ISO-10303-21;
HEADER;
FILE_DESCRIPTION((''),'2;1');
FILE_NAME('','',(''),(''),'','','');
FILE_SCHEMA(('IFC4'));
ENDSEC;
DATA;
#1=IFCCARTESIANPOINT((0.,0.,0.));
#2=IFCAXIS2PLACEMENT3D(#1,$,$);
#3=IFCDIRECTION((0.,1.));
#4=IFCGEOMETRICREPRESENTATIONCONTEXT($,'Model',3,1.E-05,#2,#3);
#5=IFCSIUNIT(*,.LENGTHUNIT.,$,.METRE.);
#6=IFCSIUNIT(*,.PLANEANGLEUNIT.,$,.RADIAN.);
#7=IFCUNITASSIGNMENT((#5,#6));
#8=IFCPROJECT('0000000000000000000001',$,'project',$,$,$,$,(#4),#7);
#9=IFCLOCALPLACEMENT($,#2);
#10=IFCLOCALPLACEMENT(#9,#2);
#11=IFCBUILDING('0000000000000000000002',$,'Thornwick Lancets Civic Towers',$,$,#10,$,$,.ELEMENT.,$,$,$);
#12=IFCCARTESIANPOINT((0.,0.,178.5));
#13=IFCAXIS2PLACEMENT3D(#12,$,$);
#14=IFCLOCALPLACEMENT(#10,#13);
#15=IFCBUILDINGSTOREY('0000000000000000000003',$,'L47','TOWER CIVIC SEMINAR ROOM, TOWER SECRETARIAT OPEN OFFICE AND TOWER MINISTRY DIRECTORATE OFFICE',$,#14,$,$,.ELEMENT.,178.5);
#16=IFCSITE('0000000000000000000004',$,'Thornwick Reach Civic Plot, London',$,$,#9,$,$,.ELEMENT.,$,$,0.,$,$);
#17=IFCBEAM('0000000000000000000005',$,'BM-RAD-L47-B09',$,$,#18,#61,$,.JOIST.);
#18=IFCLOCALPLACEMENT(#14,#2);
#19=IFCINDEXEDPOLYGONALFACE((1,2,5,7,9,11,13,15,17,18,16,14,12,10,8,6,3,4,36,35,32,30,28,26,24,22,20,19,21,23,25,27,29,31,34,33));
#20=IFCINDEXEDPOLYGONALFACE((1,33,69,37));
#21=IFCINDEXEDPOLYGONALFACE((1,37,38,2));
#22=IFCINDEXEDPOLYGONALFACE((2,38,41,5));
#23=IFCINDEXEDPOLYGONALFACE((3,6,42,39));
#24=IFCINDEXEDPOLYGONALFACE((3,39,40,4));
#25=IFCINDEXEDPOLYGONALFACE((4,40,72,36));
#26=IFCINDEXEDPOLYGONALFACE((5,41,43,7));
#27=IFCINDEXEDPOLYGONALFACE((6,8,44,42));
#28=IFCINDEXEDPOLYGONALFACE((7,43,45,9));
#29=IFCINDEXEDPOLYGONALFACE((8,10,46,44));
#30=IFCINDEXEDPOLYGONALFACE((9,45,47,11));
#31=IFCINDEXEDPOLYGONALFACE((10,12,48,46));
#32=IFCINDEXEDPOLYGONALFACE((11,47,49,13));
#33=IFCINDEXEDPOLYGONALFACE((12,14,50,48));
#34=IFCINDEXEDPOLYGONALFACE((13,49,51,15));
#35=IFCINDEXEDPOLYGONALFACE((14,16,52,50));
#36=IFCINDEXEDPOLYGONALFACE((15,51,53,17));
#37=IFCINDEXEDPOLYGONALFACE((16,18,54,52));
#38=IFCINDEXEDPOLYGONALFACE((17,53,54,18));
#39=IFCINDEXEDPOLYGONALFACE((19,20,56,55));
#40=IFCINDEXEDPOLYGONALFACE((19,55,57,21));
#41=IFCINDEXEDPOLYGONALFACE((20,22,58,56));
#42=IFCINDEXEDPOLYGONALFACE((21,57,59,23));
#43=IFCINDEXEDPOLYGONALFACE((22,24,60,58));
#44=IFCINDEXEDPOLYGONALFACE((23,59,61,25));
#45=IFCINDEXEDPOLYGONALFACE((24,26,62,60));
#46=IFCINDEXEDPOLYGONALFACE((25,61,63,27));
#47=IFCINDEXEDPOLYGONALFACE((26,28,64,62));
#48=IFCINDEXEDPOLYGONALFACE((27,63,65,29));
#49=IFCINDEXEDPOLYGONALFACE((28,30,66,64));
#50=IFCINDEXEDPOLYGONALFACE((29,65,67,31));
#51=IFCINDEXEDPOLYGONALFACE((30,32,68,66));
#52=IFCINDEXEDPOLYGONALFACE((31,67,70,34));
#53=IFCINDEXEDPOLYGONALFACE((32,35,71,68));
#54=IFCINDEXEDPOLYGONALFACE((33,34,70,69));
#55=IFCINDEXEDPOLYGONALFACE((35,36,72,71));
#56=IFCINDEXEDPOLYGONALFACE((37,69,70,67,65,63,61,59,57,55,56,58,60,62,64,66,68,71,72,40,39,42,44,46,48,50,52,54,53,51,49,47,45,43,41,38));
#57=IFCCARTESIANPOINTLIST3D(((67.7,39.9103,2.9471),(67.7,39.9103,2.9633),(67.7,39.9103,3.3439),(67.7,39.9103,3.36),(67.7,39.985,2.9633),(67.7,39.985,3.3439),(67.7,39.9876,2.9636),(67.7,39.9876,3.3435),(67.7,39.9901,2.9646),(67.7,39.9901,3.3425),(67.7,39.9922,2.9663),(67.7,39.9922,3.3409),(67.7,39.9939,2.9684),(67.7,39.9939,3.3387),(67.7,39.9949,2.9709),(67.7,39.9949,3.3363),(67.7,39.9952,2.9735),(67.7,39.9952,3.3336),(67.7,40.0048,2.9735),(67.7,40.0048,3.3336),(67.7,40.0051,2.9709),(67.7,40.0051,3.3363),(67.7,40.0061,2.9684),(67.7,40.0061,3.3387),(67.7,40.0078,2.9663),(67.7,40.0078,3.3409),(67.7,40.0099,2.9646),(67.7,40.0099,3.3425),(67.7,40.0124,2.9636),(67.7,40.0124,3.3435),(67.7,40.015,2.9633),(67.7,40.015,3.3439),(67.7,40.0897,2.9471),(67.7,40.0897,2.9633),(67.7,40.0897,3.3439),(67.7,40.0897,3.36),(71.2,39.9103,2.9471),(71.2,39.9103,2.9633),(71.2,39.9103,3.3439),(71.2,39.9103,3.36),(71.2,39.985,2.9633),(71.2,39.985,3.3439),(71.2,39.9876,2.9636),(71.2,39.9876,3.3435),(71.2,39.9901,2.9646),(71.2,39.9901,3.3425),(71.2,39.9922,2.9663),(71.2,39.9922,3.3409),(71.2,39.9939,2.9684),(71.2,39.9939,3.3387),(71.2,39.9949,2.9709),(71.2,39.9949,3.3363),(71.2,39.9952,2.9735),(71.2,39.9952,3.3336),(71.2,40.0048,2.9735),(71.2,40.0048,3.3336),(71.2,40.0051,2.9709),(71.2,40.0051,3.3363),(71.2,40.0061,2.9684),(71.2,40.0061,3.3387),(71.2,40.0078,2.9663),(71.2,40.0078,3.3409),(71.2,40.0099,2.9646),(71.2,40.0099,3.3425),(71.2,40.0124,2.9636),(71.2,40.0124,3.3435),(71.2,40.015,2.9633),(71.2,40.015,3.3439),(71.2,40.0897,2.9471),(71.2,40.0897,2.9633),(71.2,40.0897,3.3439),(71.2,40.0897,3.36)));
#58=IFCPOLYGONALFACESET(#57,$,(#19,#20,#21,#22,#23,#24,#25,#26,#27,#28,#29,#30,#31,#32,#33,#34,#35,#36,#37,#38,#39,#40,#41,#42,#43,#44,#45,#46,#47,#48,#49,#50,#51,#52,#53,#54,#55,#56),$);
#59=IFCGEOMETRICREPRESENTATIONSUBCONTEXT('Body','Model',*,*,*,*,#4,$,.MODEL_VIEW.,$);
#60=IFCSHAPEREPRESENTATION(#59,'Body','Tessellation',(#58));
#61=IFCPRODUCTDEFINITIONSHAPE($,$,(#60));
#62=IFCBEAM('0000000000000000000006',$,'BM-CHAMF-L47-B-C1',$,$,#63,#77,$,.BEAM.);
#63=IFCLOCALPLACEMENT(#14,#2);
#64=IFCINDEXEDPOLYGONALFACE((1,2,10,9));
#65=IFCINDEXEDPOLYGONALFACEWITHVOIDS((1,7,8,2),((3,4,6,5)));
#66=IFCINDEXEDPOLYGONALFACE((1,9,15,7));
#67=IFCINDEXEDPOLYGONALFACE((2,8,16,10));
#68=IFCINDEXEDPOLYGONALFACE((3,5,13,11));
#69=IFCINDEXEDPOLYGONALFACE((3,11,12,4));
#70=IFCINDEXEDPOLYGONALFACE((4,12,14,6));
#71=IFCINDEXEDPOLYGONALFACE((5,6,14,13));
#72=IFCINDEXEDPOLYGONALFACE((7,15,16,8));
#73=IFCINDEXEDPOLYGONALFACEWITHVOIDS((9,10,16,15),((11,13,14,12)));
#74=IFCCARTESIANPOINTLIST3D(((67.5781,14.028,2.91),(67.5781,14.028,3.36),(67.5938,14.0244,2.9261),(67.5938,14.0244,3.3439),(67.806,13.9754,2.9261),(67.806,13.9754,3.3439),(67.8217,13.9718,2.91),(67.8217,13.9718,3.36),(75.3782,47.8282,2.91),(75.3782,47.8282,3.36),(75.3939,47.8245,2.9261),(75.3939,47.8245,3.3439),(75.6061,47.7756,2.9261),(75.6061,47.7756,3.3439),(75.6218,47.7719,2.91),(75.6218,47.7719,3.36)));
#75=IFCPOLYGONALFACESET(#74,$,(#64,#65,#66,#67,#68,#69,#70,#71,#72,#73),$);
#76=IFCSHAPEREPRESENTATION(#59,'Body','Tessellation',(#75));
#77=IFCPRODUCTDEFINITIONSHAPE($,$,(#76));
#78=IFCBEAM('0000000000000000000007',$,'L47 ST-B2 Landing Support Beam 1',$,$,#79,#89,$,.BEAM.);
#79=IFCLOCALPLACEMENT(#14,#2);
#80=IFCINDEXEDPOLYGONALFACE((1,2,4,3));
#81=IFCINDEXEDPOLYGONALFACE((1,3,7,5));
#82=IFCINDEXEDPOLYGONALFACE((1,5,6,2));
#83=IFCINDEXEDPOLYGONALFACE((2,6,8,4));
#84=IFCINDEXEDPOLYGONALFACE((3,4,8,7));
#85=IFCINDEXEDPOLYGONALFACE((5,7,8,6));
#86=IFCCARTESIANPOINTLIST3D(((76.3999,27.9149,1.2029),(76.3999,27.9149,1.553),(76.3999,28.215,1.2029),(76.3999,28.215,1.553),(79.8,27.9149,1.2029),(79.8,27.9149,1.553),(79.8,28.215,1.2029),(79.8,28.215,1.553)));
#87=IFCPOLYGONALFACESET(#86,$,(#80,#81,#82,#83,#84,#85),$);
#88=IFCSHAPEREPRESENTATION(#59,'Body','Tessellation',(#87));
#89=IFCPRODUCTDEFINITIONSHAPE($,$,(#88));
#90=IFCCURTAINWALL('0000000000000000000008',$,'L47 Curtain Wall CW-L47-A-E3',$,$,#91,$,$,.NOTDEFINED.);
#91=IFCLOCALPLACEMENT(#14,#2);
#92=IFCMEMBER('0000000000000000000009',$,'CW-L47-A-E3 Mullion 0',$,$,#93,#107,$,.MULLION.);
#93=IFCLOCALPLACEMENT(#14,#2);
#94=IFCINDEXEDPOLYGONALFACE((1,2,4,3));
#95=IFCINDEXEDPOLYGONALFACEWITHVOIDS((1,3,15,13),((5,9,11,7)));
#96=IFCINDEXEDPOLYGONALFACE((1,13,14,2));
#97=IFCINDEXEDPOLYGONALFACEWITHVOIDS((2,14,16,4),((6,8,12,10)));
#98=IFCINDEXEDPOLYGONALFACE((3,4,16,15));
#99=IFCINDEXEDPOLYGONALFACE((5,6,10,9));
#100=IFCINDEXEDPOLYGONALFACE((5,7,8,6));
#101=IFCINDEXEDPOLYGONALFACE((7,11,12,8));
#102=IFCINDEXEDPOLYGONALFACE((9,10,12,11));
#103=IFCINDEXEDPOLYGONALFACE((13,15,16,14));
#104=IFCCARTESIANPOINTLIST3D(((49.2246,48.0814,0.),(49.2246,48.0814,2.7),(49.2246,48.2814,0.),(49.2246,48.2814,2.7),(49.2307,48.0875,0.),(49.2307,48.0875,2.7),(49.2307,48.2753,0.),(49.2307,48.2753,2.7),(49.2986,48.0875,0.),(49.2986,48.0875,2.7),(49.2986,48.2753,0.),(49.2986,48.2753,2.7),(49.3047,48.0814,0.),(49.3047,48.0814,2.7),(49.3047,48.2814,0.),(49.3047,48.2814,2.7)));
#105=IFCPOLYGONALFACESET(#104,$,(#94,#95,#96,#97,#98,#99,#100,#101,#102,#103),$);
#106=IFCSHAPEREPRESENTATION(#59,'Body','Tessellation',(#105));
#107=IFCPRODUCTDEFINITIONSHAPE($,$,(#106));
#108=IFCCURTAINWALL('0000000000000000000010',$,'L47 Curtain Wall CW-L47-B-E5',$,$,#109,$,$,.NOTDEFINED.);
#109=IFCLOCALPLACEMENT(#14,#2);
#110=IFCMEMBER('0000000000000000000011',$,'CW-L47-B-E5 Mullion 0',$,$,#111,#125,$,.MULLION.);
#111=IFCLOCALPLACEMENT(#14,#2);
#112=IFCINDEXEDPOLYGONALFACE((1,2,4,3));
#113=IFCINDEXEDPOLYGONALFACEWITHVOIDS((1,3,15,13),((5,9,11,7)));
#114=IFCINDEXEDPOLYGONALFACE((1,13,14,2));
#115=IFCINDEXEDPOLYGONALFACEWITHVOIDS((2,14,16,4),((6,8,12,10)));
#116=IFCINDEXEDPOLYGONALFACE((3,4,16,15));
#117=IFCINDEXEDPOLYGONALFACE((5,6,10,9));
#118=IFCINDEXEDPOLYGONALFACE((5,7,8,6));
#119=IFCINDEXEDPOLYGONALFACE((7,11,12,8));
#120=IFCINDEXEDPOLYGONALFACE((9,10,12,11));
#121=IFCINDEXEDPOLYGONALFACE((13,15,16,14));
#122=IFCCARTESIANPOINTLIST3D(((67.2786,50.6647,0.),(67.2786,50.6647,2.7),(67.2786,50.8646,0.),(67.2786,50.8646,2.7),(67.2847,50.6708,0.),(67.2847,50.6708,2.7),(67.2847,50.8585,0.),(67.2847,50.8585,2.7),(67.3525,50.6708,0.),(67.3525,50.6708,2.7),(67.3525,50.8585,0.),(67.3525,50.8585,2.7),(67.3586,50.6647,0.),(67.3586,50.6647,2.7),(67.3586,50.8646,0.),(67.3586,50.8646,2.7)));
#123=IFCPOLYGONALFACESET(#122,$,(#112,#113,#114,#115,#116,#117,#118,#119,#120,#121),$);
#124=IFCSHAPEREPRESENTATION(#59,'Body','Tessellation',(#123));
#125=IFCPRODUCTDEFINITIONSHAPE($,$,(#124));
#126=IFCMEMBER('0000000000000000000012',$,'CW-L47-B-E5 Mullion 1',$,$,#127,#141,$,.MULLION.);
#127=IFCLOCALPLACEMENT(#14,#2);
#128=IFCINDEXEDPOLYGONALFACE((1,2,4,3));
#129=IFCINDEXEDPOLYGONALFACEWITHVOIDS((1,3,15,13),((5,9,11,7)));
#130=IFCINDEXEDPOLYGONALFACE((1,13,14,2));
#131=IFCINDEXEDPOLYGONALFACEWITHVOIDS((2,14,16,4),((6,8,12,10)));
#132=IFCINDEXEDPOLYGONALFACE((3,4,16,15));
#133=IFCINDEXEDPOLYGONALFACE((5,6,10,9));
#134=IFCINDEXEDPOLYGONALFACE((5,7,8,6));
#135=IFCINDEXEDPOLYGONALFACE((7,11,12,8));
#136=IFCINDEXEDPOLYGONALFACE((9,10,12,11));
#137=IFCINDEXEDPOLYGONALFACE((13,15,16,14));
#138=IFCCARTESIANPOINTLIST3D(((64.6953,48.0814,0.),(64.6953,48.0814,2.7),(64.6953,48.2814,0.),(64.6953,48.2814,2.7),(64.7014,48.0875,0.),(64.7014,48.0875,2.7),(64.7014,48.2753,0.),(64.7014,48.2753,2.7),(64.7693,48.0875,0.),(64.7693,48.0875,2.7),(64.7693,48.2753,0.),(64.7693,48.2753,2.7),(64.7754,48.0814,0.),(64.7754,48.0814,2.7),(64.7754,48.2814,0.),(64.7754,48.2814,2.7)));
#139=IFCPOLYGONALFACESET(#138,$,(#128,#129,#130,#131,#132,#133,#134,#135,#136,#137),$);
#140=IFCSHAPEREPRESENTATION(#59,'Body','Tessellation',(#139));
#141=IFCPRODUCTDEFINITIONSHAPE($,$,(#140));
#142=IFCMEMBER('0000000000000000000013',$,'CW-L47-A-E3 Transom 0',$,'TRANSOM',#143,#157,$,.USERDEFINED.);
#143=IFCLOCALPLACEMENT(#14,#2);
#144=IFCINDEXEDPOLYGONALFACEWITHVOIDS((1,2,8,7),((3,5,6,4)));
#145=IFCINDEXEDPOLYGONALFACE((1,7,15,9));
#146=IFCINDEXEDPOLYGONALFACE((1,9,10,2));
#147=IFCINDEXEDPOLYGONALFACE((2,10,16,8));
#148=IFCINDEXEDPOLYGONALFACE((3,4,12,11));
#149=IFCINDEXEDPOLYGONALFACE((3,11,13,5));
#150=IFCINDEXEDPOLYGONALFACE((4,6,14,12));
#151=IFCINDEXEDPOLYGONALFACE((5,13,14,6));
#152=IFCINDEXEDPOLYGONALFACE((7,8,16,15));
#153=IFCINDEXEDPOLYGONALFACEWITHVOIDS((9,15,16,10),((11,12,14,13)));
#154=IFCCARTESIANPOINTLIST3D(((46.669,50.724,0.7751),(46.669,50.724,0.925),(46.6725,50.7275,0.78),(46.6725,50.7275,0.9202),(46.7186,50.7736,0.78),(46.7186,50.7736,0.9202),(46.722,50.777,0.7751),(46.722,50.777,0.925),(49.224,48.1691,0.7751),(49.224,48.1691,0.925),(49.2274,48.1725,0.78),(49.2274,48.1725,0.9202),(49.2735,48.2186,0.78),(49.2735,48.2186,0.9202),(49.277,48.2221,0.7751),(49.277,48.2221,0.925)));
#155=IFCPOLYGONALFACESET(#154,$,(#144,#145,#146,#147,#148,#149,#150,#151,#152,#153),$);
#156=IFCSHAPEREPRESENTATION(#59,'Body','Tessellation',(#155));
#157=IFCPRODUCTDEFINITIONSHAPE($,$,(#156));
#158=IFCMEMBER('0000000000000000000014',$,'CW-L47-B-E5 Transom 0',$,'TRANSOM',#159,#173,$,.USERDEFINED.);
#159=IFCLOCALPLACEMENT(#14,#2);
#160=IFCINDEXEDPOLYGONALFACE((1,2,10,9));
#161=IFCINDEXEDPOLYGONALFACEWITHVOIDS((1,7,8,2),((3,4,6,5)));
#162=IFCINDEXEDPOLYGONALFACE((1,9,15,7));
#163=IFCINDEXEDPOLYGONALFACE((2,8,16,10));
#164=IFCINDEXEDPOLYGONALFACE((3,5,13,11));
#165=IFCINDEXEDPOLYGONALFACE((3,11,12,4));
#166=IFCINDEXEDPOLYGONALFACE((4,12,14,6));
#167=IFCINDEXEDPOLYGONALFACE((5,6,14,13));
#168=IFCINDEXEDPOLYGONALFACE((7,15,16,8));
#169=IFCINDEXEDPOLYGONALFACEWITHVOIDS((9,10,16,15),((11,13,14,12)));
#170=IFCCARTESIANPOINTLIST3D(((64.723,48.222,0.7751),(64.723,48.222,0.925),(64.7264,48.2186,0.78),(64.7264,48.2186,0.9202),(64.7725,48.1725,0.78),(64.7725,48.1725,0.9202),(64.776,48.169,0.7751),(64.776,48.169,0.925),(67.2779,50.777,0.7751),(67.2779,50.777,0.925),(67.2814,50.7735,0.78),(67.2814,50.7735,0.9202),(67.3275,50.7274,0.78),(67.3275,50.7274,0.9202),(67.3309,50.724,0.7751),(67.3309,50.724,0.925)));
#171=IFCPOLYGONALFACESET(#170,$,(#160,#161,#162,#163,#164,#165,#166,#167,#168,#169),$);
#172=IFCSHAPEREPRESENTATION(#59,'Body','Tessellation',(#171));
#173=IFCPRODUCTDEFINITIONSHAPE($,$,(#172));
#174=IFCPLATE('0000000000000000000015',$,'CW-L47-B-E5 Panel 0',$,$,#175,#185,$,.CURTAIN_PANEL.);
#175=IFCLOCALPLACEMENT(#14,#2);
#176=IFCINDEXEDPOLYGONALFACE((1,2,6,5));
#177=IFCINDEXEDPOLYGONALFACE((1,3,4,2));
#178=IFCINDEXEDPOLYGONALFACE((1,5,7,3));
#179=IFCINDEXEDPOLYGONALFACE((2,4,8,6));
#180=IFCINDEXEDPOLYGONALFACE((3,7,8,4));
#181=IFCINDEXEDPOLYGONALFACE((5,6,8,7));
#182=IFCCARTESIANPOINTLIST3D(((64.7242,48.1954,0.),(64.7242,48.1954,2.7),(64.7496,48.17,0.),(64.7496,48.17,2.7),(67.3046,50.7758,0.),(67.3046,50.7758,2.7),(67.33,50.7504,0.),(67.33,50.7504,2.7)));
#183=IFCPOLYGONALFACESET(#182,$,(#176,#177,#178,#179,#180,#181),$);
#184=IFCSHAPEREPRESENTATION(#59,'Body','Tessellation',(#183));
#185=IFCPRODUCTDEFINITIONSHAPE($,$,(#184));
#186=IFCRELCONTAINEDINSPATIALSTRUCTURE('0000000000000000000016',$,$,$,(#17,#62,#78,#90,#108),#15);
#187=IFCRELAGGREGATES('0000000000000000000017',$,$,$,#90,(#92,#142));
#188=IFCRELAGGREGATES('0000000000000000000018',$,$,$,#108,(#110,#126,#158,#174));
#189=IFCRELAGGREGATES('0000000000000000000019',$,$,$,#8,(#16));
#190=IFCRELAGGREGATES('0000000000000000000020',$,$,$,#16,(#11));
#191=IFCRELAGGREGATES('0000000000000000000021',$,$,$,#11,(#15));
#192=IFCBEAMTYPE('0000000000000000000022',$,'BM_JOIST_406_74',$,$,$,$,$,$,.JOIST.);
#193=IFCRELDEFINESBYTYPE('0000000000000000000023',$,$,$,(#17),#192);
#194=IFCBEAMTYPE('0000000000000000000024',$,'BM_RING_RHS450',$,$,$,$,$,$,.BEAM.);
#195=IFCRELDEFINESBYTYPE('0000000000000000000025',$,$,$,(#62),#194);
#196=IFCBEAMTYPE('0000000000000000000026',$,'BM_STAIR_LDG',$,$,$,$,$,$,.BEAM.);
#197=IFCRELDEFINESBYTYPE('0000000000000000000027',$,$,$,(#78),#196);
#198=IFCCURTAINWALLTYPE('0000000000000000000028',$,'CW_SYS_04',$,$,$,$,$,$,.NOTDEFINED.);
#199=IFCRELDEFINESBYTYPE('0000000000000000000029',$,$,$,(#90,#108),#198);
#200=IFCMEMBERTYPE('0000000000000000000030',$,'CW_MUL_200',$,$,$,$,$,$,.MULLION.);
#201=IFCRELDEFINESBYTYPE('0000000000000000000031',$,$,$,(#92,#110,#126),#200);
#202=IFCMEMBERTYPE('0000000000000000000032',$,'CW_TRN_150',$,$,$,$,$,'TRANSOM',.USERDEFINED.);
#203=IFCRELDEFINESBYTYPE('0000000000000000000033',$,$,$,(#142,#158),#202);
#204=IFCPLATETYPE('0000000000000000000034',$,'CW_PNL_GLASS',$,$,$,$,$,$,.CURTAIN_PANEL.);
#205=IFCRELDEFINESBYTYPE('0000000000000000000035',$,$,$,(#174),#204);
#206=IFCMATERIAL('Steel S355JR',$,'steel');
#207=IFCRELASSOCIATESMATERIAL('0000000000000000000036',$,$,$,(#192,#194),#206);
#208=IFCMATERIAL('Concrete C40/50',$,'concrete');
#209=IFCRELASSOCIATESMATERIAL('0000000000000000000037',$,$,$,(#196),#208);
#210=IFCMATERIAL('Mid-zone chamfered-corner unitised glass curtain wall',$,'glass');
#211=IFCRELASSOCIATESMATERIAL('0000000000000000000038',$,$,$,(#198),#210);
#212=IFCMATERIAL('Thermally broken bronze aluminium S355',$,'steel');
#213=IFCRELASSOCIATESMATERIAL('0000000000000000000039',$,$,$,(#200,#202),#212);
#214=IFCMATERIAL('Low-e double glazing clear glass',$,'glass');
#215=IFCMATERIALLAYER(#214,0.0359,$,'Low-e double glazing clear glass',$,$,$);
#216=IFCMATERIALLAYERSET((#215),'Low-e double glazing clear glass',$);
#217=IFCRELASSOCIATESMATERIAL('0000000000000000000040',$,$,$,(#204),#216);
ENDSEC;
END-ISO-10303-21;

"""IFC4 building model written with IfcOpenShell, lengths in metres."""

from ifc_helpers import new_model, si_unit, direction, frame, origin, origin_2d, place, context, subcontext, project, spatial, rectangle, hollow_rectangle, i_section, extrude, material, layer, layer_set, material_profile, profile_set, type_object, element, aggregate, save


model = new_model("IFC4")

# Units and contexts
model_context = context("Model", 3, precision=1e-05, world=origin(), true_north=direction((0.0, 1.0)))
body_context = subcontext(model_context, "Body", "Model", "MODEL_VIEW")
ifc_project = project(units=[si_unit("LENGTHUNIT", "METRE"), si_unit("PLANEANGLEUNIT", "RADIAN")], contexts=[model_context])

# Site, building, storey
site_placement = place(None, origin())
site = spatial("IfcSite", under=ifc_project, at=site_placement, Name="Thornwick Reach Civic Plot, London", CompositionType="ELEMENT", RefElevation=0.0)
building_placement = place(site_placement, origin())
building = spatial("IfcBuilding", under=site, at=building_placement, Name="Thornwick Lancets Civic Towers", CompositionType="ELEMENT")
storey_placement = place(building_placement, frame((0.0, 0.0, 178.5)))
storey = spatial("IfcBuildingStorey", under=building, at=storey_placement, Name="L47", Description="TOWER CIVIC SEMINAR ROOM, TOWER SECRETARIAT OPEN OFFICE AND TOWER MINISTRY DIRECTORATE OFFICE", CompositionType="ELEMENT", Elevation=178.5)

# Beams
ifc_material_1 = material(Name="Steel S355JR", Category="steel")
ifc_material_profile_1 = material_profile(ifc_material_1, i_section(OverallWidth=0.1794, OverallDepth=0.4128, WebThickness=0.0095, FlangeThickness=0.0161, FilletRadius=0.0103, at=origin_2d()), Name="UKB 406x178x74")
ifc_profile_set_1 = profile_set([ifc_material_profile_1], Name="Steel S355JR")
beam_type_1 = type_object("IfcBeamType", Name="BM_JOIST_406_74", PredefinedType="JOIST", material=ifc_profile_set_1)
for number, where, z_axis, x_axis, name in (
    (1, (71.2, 40.0, 3.1536), (-1.0, 0.0, 0.0), (0.0, -1.0, 0.0), "BM-RAD-L47-B09"),
):
    element("IfcBeam", number, at=place(storey_placement, frame(where, z_axis=z_axis, x_axis=x_axis)), inside=storey, type_object=beam_type_1, Name=name, PredefinedType="JOIST", context=body_context, shape_type="SweptSolid", body=[
        extrude(i_section(OverallWidth=0.1794, OverallDepth=0.4128, WebThickness=0.0095, FlangeThickness=0.0161, FilletRadius=0.0103, at=origin_2d()), origin(), (0.0, 0.0, 1.0), 3.5),
    ])
ifc_material_profile_2 = material_profile(ifc_material_1, hollow_rectangle(XDim=0.25, YDim=0.45, WallThickness=0.0161, at=origin_2d()), Name="RHS 450x250x16")
ifc_profile_set_2 = profile_set([ifc_material_profile_2], Name="Steel S355JR")
beam_type_2 = type_object("IfcBeamType", Name="BM_RING_RHS450", PredefinedType="BEAM", material=ifc_profile_set_2)
beam_1_placement = place(storey_placement, frame((75.5, 47.8, 3.135), z_axis=(-0.224861, -0.974391, 0.0), x_axis=(0.974391, -0.224861, 0.0)))
element("IfcBeam", 2, at=beam_1_placement, inside=storey, type_object=beam_type_2, Name="BM-CHAMF-L47-B-C1", PredefinedType="BEAM", context=body_context, shape_type="SweptSolid", body=[
    extrude(hollow_rectangle(XDim=0.25, YDim=0.45, WallThickness=0.0161, at=origin_2d()), origin(), (0.0, 0.0, 1.0), 34.6885),
])
ifc_material_2 = material(Name="Concrete C40/50", Category="concrete")
ifc_material_profile_3 = material_profile(ifc_material_2, rectangle(XDim=0.3, YDim=0.3501, at=origin_2d()), Name="RC 300x350")
ifc_profile_set_3 = profile_set([ifc_material_profile_3], Name="Concrete C40/50")
beam_type_3 = type_object("IfcBeamType", Name="BM_STAIR_LDG", PredefinedType="BEAM", material=ifc_profile_set_3)
beam_2_placement = place(storey_placement, frame((76.3999, 28.0649, 1.3779), z_axis=(1.0, 0.0, 0.0), x_axis=(0.0, 1.0, 0.0)))
element("IfcBeam", 3, at=beam_2_placement, inside=storey, type_object=beam_type_3, Name="L47 ST-B2 Landing Support Beam 1", PredefinedType="BEAM", context=body_context, shape_type="SweptSolid", body=[
    extrude(rectangle(XDim=0.3, YDim=0.3501, at=origin_2d()), origin(), (0.0, 0.0, 1.0), 3.4001),
])

# Curtain wall, member
ifc_material_3 = material(Name="Mid-zone chamfered-corner unitised glass curtain wall", Category="glass")
curtain_wall_type = type_object("IfcCurtainWallType", Name="CW_SYS_04", PredefinedType="NOTDEFINED", material=ifc_material_3)
curtain_wall_1_placement = place(storey_placement, origin())
curtain_wall_1 = element("IfcCurtainWall", 4, at=curtain_wall_1_placement, inside=storey, type_object=curtain_wall_type, Name="L47 Curtain Wall CW-L47-A-E3", PredefinedType="NOTDEFINED")
ifc_material_4 = material(Name="Thermally broken bronze aluminium S355", Category="steel")
ifc_material_profile_4 = material_profile(ifc_material_4, hollow_rectangle(XDim=0.0801, YDim=0.2, WallThickness=0.0061, at=origin_2d()), Name="RHS 200x80x6")
ifc_profile_set_4 = profile_set([ifc_material_profile_4], Name="Thermally broken bronze aluminium S355")
member_type_1 = type_object("IfcMemberType", Name="CW_MUL_200", PredefinedType="MULLION", material=ifc_profile_set_4)
member_1_placement = place(storey_placement, frame((49.2646, 48.1814, 0.0), z_axis=(0.0, 0.0, 1.0), x_axis=(1.0, 0.0, 0.0)))
member_1 = element("IfcMember", 5, at=member_1_placement, type_object=member_type_1, Name="CW-L47-A-E3 Mullion 0", PredefinedType="MULLION", context=body_context, shape_type="SweptSolid", body=[
    extrude(hollow_rectangle(XDim=0.0801, YDim=0.2, WallThickness=0.0061, at=origin_2d()), origin(), (0.0, 0.0, 1.0), 2.7),
])

# Curtain wall, members
curtain_wall_2_placement = place(storey_placement, origin())
curtain_wall_2 = element("IfcCurtainWall", 6, at=curtain_wall_2_placement, inside=storey, type_object=curtain_wall_type, Name="L47 Curtain Wall CW-L47-B-E5", PredefinedType="NOTDEFINED")
member_2_placement = place(storey_placement, frame((67.3186, 50.7646, 0.0), z_axis=(0.0, 0.0, 1.0), x_axis=(1.0, 0.0, 0.0)))
member_2 = element("IfcMember", 7, at=member_2_placement, type_object=member_type_1, Name="CW-L47-B-E5 Mullion 0", PredefinedType="MULLION", context=body_context, shape_type="SweptSolid", body=[
    extrude(hollow_rectangle(XDim=0.0801, YDim=0.2, WallThickness=0.0061, at=origin_2d()), origin(), (0.0, 0.0, 1.0), 2.7),
])
member_3_placement = place(storey_placement, frame((64.7354, 48.1814, 0.0), z_axis=(0.0, 0.0, 1.0), x_axis=(1.0, 0.0, 0.0)))
member_3 = element("IfcMember", 8, at=member_3_placement, type_object=member_type_1, Name="CW-L47-B-E5 Mullion 1", PredefinedType="MULLION", context=body_context, shape_type="SweptSolid", body=[
    extrude(hollow_rectangle(XDim=0.0801, YDim=0.2, WallThickness=0.0061, at=origin_2d()), origin(), (0.0, 0.0, 1.0), 2.7),
])

# Members
ifc_material_profile_5 = material_profile(ifc_material_4, hollow_rectangle(XDim=0.075, YDim=0.1499, WallThickness=0.0049, at=origin_2d()), Name="RHS 150x75x5")
ifc_profile_set_5 = profile_set([ifc_material_profile_5], Name="Thermally broken bronze aluminium S355")
member_type_2 = type_object("IfcMemberType", Name="CW_TRN_150", ElementType="TRANSOM", PredefinedType="USERDEFINED", material=ifc_profile_set_5)
member_4_placement = place(storey_placement, frame((49.2505, 48.1956, 0.8501), z_axis=(-0.707107, 0.707107, 0.0), x_axis=(-0.707107, -0.707107, 0.0)))
member_4 = element("IfcMember", 9, at=member_4_placement, type_object=member_type_2, Name="CW-L47-A-E3 Transom 0", ObjectType="TRANSOM", PredefinedType="USERDEFINED", context=body_context, shape_type="SweptSolid", body=[
    extrude(hollow_rectangle(XDim=0.075, YDim=0.1499, WallThickness=0.0049, at=origin_2d()), origin(), (0.0, 0.0, 1.0), 3.6133),
])
aggregate(curtain_wall_1, [member_1, member_4])
member_5_placement = place(storey_placement, frame((67.3044, 50.7505, 0.8501), z_axis=(-0.707107, -0.707107, 0.0), x_axis=(0.707107, -0.707107, 0.0)))
member_5 = element("IfcMember", 10, at=member_5_placement, type_object=member_type_2, Name="CW-L47-B-E5 Transom 0", ObjectType="TRANSOM", PredefinedType="USERDEFINED", context=body_context, shape_type="SweptSolid", body=[
    extrude(hollow_rectangle(XDim=0.075, YDim=0.1499, WallThickness=0.0049, at=origin_2d()), origin(), (0.0, 0.0, 1.0), 3.6133),
])

# Plate
ifc_material_5 = material(Name="Low-e double glazing clear glass", Category="glass")
ifc_layer_1 = layer(ifc_material_5, 0.0359, Name="Low-e double glazing clear glass")
ifc_layer_set_1 = layer_set([ifc_layer_1], Name="Low-e double glazing clear glass")
plate_type = type_object("IfcPlateType", Name="CW_PNL_GLASS", PredefinedType="CURTAIN_PANEL", material=ifc_layer_set_1)
plate_placement = place(storey_placement, frame((66.0271, 49.4729, 0.0), z_axis=(0.0, 0.0, 1.0), x_axis=(-0.707107, -0.707107, 0.0)))
plate = element("IfcPlate", 11, at=plate_placement, type_object=plate_type, Name="CW-L47-B-E5 Panel 0", PredefinedType="CURTAIN_PANEL", context=body_context, shape_type="SweptSolid", body=[
    extrude(rectangle(XDim=3.6492, YDim=0.0359, at=origin_2d()), origin(), (0.0, 0.0, 1.0), 2.7),
])
aggregate(curtain_wall_2, [member_2, member_3, member_5, plate])

save(model, "model.ifc")
